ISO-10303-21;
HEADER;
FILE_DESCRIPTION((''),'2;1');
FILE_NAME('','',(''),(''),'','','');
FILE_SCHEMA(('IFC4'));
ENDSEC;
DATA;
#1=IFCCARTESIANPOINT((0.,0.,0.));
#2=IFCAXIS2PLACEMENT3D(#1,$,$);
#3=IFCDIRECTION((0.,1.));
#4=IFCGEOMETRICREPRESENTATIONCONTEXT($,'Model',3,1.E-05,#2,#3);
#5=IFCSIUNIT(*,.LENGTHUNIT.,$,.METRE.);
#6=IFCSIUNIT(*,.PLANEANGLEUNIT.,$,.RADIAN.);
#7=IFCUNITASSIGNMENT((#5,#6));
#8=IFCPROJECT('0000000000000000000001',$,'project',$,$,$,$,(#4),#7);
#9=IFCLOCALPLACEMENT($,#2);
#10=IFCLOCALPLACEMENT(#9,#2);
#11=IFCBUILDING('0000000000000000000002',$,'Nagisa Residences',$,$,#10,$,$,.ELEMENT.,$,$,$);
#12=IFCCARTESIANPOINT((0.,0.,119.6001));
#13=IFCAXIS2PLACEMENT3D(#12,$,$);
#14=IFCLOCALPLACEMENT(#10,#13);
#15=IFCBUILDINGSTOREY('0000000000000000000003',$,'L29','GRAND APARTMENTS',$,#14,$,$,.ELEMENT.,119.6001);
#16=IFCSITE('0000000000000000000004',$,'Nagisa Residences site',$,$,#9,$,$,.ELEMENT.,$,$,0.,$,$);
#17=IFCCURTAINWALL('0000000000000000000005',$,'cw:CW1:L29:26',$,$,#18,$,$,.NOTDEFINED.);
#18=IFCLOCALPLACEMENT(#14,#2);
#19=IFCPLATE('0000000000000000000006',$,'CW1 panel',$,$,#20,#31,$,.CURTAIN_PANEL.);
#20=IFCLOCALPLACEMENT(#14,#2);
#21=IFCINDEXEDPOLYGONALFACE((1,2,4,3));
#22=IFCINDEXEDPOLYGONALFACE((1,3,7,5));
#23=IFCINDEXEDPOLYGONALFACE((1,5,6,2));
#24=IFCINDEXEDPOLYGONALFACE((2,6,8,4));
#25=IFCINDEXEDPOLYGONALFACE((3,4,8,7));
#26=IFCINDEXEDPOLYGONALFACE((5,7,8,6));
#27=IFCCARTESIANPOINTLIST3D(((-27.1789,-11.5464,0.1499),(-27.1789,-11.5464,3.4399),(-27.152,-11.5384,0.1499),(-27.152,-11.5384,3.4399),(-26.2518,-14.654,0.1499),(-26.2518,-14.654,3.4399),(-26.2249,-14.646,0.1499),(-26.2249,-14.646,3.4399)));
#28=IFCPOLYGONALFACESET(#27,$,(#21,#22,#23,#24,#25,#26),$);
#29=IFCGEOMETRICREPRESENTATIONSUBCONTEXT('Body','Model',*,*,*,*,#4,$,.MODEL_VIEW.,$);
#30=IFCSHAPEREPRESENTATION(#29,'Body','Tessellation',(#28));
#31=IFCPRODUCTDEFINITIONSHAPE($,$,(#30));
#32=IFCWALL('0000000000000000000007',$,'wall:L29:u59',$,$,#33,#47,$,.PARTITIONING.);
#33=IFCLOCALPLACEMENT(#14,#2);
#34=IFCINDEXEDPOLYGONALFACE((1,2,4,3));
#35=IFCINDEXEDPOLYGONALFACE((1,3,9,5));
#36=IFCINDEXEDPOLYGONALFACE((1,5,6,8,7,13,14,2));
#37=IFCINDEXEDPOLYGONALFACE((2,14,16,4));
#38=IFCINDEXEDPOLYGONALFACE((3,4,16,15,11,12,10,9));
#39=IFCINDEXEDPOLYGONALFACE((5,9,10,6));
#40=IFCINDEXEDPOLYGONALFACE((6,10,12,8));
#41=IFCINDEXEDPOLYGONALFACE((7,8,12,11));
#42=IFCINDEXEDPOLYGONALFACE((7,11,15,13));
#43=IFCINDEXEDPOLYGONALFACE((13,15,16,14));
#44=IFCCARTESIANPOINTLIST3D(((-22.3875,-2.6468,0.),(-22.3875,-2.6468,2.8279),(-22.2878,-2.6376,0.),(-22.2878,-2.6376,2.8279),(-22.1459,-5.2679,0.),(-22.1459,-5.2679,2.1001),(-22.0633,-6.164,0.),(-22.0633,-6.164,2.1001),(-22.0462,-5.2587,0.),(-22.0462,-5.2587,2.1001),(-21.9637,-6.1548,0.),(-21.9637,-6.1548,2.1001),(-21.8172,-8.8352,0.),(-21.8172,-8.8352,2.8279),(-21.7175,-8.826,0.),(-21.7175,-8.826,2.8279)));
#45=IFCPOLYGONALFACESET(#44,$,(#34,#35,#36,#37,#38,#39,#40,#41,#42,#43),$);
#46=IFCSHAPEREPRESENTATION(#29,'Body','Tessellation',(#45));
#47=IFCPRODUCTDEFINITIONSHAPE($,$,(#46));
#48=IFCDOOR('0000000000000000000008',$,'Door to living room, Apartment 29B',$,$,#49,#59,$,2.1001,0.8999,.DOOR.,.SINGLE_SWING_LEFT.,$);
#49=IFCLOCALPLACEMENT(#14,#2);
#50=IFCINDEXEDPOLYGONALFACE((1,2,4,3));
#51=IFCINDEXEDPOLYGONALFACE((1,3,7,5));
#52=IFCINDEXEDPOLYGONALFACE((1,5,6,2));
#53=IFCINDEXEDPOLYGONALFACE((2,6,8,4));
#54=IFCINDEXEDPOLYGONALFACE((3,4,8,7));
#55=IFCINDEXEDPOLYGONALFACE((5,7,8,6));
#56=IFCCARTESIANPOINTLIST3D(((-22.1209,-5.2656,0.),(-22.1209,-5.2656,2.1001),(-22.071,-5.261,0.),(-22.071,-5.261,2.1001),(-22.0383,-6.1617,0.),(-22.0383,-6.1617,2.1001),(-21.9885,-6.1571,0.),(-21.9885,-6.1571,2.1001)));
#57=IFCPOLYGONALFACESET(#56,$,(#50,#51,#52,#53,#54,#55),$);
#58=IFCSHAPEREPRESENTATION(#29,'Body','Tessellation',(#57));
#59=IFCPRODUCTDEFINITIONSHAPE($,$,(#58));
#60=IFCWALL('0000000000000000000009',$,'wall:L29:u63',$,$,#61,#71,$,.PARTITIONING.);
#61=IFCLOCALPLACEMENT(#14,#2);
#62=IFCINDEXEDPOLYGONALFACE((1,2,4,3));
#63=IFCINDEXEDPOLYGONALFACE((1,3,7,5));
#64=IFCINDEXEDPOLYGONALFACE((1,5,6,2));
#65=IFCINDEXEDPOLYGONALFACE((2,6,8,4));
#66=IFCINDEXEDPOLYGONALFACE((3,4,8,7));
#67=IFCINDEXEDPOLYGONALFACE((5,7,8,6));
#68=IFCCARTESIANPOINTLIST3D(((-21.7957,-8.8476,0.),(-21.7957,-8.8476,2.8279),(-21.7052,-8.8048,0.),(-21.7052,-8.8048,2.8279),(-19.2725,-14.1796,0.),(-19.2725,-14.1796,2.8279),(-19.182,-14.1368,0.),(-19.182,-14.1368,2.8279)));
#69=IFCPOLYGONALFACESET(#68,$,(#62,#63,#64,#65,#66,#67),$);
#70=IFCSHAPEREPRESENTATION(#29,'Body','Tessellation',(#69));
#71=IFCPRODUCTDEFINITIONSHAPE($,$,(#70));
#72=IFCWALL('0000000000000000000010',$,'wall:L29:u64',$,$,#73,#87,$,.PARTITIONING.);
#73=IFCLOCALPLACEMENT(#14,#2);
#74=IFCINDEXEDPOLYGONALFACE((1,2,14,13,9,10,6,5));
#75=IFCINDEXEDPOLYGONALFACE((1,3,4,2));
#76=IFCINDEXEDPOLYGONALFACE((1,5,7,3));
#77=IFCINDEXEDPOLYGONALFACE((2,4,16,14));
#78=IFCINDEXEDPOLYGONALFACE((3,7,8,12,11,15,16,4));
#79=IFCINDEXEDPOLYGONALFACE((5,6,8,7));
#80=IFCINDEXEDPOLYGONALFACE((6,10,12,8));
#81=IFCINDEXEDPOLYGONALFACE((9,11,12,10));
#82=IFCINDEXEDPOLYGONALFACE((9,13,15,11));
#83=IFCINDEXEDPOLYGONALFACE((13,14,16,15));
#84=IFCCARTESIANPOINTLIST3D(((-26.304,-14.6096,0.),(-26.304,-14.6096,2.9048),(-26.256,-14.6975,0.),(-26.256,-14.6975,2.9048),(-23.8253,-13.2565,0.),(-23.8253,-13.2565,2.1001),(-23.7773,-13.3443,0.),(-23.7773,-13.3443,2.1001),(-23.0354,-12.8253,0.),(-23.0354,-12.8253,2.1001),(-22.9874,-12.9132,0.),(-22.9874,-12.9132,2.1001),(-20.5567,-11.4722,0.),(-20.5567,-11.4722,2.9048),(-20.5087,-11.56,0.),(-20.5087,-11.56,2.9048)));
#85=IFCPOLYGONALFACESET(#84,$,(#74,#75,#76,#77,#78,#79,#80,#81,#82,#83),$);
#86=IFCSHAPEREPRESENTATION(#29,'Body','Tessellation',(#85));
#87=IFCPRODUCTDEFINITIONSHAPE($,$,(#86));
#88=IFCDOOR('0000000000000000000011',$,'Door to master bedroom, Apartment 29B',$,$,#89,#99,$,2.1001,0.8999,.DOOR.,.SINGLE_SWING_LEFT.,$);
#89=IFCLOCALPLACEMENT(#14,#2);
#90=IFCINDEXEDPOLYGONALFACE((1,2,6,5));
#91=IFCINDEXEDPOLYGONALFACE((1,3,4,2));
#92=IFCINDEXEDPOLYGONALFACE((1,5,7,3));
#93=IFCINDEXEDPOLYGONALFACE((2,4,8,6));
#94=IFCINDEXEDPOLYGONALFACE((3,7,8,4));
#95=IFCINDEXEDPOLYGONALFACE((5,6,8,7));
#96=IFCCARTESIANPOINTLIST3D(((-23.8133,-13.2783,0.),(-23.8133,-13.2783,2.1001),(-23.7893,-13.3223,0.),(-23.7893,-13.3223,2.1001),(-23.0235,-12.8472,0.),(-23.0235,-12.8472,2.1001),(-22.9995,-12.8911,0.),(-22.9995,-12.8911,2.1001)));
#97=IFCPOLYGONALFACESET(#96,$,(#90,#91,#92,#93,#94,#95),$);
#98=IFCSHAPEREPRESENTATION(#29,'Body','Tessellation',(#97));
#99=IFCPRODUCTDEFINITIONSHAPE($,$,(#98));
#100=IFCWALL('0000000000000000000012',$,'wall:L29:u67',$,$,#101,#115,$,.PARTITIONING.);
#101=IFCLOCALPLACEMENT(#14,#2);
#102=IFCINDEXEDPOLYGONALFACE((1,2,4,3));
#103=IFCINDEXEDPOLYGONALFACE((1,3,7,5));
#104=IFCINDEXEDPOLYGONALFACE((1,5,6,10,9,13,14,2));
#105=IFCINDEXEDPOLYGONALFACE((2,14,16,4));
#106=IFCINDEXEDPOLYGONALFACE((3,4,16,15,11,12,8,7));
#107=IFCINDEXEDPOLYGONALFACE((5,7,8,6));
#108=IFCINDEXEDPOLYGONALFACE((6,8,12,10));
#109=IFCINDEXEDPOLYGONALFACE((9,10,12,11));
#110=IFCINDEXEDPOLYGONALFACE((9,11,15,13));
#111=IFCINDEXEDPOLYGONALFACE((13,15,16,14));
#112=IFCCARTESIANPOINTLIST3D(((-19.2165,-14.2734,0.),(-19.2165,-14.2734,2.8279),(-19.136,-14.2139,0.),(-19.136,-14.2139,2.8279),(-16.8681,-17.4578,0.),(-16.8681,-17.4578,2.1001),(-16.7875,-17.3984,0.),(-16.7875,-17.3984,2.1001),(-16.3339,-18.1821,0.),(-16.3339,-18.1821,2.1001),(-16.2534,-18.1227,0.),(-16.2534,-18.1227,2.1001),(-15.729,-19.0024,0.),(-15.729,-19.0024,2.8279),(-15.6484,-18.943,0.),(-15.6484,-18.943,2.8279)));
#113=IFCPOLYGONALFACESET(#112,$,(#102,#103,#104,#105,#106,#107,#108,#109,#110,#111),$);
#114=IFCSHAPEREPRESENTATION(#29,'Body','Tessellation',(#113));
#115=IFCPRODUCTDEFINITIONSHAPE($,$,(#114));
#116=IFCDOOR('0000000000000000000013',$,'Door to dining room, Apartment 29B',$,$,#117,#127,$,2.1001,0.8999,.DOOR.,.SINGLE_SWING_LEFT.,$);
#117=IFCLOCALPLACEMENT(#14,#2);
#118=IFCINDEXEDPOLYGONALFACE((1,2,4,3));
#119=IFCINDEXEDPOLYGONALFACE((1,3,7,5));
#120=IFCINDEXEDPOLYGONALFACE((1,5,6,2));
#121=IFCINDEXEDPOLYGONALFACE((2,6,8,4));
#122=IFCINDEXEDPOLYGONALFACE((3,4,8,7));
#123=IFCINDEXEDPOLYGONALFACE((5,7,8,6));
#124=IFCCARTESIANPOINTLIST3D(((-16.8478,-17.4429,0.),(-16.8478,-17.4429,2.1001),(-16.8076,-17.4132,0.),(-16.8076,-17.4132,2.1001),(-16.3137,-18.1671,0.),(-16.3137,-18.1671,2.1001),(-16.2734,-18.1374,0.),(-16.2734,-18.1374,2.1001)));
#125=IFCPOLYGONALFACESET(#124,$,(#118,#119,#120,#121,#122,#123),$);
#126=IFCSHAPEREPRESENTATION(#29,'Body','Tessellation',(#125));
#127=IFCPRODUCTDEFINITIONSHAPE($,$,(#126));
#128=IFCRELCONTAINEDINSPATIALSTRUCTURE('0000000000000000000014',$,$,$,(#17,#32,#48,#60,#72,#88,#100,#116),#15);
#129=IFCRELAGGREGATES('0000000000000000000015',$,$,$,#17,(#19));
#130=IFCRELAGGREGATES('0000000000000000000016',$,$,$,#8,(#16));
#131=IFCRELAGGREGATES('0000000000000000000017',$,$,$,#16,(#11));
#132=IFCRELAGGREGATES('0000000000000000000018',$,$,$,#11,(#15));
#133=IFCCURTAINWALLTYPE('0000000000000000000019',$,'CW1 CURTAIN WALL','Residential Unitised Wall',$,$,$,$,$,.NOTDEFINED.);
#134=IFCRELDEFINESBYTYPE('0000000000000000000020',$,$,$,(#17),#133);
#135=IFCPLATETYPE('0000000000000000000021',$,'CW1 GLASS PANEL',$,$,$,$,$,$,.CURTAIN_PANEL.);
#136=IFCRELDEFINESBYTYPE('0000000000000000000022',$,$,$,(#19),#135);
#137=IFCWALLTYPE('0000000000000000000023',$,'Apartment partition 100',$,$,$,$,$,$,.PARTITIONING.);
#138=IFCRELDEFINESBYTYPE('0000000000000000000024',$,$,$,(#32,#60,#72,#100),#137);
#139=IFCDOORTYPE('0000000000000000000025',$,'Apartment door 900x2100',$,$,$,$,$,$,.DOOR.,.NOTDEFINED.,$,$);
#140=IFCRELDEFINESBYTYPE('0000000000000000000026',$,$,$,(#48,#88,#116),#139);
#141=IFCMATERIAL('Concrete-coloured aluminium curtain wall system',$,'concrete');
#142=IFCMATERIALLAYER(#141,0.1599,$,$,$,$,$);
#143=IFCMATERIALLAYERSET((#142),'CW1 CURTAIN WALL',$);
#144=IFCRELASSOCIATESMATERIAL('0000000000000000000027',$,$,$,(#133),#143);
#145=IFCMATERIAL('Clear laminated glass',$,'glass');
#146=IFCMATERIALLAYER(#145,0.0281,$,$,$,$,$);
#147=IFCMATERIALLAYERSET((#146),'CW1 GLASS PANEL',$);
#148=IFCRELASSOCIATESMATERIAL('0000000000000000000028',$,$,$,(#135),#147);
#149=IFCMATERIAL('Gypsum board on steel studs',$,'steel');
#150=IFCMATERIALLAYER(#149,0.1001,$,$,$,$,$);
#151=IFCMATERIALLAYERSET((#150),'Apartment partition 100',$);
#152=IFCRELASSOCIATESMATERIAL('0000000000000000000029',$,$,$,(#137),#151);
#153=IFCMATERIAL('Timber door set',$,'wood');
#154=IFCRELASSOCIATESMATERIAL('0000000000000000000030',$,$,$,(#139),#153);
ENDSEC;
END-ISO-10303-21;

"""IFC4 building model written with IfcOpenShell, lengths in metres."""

from ifc_helpers import new_model, si_unit, direction, frame, frame_2d, origin, origin_2d, place, context, subcontext, project, spatial, rectangle, extrude, material, layer, layer_set, type_object, element, fill, aggregate, save


model = new_model("IFC4")

# Units and contexts
model_context = context("Model", 3, precision=1e-05, world=origin(), true_north=direction((0.0, 1.0)))
body_context = subcontext(model_context, "Body", "Model", "MODEL_VIEW")
ifc_project = project(units=[si_unit("LENGTHUNIT", "METRE"), si_unit("PLANEANGLEUNIT", "RADIAN")], contexts=[model_context])

# Site, building, storey
site_placement = place(None, origin())
site = spatial("IfcSite", under=ifc_project, at=site_placement, Name="Nagisa Residences site", CompositionType="ELEMENT", RefElevation=0.0)
building_placement = place(site_placement, origin())
building = spatial("IfcBuilding", under=site, at=building_placement, Name="Nagisa Residences", CompositionType="ELEMENT")
storey_placement = place(building_placement, frame((0.0, 0.0, 119.6001)))
storey = spatial("IfcBuildingStorey", under=building, at=storey_placement, Name="L29", Description="GRAND APARTMENTS", CompositionType="ELEMENT", Elevation=119.6001)

# Curtain wall
ifc_material_1 = material(Name="Concrete-coloured aluminium curtain wall system", Category="concrete")
ifc_layer_1 = layer(ifc_material_1, 0.1599)
ifc_layer_set_1 = layer_set([ifc_layer_1], Name="CW1 CURTAIN WALL")
curtain_wall_type = type_object("IfcCurtainWallType", Name="CW1 CURTAIN WALL", Description="Residential Unitised Wall", PredefinedType="NOTDEFINED", material=ifc_layer_set_1)
curtain_wall_1_placement = place(storey_placement, origin())
curtain_wall_1 = element("IfcCurtainWall", 1, at=curtain_wall_1_placement, inside=storey, type_object=curtain_wall_type, Name="cw:CW1:L29:26", PredefinedType="NOTDEFINED")

# Shared definitions
ifc_material_2 = material(Name="Clear laminated glass", Category="glass")
ifc_layer_2 = layer(ifc_material_2, 0.0281)
ifc_layer_set_2 = layer_set([ifc_layer_2], Name="CW1 GLASS PANEL")
plate_type = type_object("IfcPlateType", Name="CW1 GLASS PANEL", PredefinedType="CURTAIN_PANEL", material=ifc_layer_set_2)

# Plate
plate_1_placement = place(storey_placement, frame((-26.7019, -13.0962, 0.1499), z_axis=(0.0, 0.0, 1.0), x_axis=(0.28586, -0.958271, 0.0)))
plate_1 = element("IfcPlate", 2, at=plate_1_placement, type_object=plate_type, Name="CW1 panel", PredefinedType="CURTAIN_PANEL", context=body_context, shape_type="SweptSolid", body=[
    extrude(rectangle(XDim=3.2429, YDim=0.0281, at=origin_2d()), origin(), (0.0, 0.0, 1.0), 3.29),
])
aggregate(curtain_wall_1, [plate_1])

# Wall, opening, door
ifc_material_3 = material(Name="Gypsum board on steel studs", Category="steel")
ifc_layer_3 = layer(ifc_material_3, 0.1001)
ifc_layer_set_3 = layer_set([ifc_layer_3], Name="Apartment partition 100")
wall_type_1 = type_object("IfcWallType", Name="Apartment partition 100", PredefinedType="PARTITIONING", material=ifc_layer_set_3)
wall_1_placement = place(storey_placement, frame((-22.3376, -2.6421, 0.0), z_axis=(0.0, 0.0, 1.0), x_axis=(0.091768, -0.99578, 0.0)))
wall_1 = element("IfcWall", 3, at=wall_1_placement, inside=storey, type_object=wall_type_1, Name="wall:L29:u59", PredefinedType="PARTITIONING", context=body_context, shape_type="SweptSolid", body=[
    extrude(rectangle(XDim=6.2146, YDim=0.1001, at=frame_2d((3.1074, 0.0))), origin(), (0.0, 0.0, 1.0), 2.8279),
])
opening_1_placement = place(wall_1_placement, frame((2.6323, 0.0, 0.0)))
opening_1 = element("IfcOpeningElement", 4, at=opening_1_placement, cuts=wall_1, PredefinedType="OPENING", context=body_context, shape_type="SweptSolid", body=[
    extrude(rectangle(XDim=0.8999, YDim=2.1001, at=frame_2d((0.45, 1.05))), frame((0.0, 0.0601, 0.0), z_axis=(0.0, -1.0, 0.0), x_axis=(1.0, 0.0, 0.0)), (0.0, 0.0, 1.0), 0.1201),
])
ifc_material_4 = material(Name="Timber door set", Category="wood")
door_type_1 = type_object("IfcDoorType", Name="Apartment door 900x2100", OperationType="NOTDEFINED", PredefinedType="DOOR", material=ifc_material_4)
door_1_placement = place(opening_1_placement, frame((0.8999, 0.0, 0.0), x_axis=(-1.0, 0.0, 0.0)))
door_1 = element("IfcDoor", 5, at=door_1_placement, inside=storey, type_object=door_type_1, Name="Door to living room, Apartment 29B", OperationType="SINGLE_SWING_LEFT", OverallHeight=2.1001, OverallWidth=0.8999, PredefinedType="DOOR", context=body_context, shape_type="SweptSolid", body=[
    extrude(rectangle(XDim=0.8999, YDim=2.1001, at=frame_2d((0.45, 1.05))), frame((0.0, 0.0249, 0.0), z_axis=(0.0, -1.0, 0.0), x_axis=(1.0, 0.0, 0.0)), (0.0, 0.0, 1.0), 0.05),
])
fill(opening_1, door_1)

# Wall
wall_2_placement = place(storey_placement, frame((-21.7505, -8.8262, 0.0), z_axis=(0.0, 0.0, 1.0), x_axis=(0.427739, -0.903902, 0.0)))
element("IfcWall", 6, at=wall_2_placement, inside=storey, type_object=wall_type_1, Name="wall:L29:u63", PredefinedType="PARTITIONING", context=body_context, shape_type="SweptSolid", body=[
    extrude(rectangle(XDim=5.8989, YDim=0.1001, at=frame_2d((2.9495, 0.0))), origin(), (0.0, 0.0, 1.0), 2.8279),
])

# Walls, openings, doors
wall_3_placement = place(storey_placement, frame((-20.5327, -11.5161, 0.0), z_axis=(0.0, 0.0, 1.0), x_axis=(-0.877732, -0.479153, 0.0)))
wall_3 = element("IfcWall", 7, at=wall_3_placement, inside=storey, type_object=wall_type_1, Name="wall:L29:u64", PredefinedType="PARTITIONING", context=body_context, shape_type="SweptSolid", body=[
    extrude(rectangle(XDim=6.5479, YDim=0.1001, at=frame_2d((3.2739, 0.0))), origin(), (0.0, 0.0, 1.0), 2.9048),
])
opening_2_placement = place(wall_3_placement, frame((2.824, 0.0, 0.0)))
opening_2 = element("IfcOpeningElement", 8, at=opening_2_placement, cuts=wall_3, PredefinedType="OPENING", context=body_context, shape_type="SweptSolid", body=[
    extrude(rectangle(XDim=0.8999, YDim=2.1001, at=frame_2d((0.45, 1.05))), frame((0.0, 0.0601, 0.0), z_axis=(0.0, -1.0, 0.0), x_axis=(1.0, 0.0, 0.0)), (0.0, 0.0, 1.0), 0.1201),
])
door_2_placement = place(opening_2_placement, origin())
door_2 = element("IfcDoor", 9, at=door_2_placement, inside=storey, type_object=door_type_1, Name="Door to master bedroom, Apartment 29B", OperationType="SINGLE_SWING_LEFT", OverallHeight=2.1001, OverallWidth=0.8999, PredefinedType="DOOR", context=body_context, shape_type="SweptSolid", body=[
    extrude(rectangle(XDim=0.8999, YDim=2.1001, at=frame_2d((0.45, 1.05))), frame((0.0, 0.0249, 0.0), z_axis=(0.0, -1.0, 0.0), x_axis=(1.0, 0.0, 0.0)), (0.0, 0.0, 1.0), 0.05),
])
fill(opening_2, door_2)
wall_4_placement = place(storey_placement, frame((-19.1763, -14.2437, 0.0), z_axis=(0.0, 0.0, 1.0), x_axis=(0.593532, -0.80481, 0.0)))
wall_4 = element("IfcWall", 10, at=wall_4_placement, inside=storey, type_object=wall_type_1, Name="wall:L29:u67", PredefinedType="PARTITIONING", context=body_context, shape_type="SweptSolid", body=[
    extrude(rectangle(XDim=5.876, YDim=0.1001, at=frame_2d((2.938, 0.0))), origin(), (0.0, 0.0, 1.0), 2.8279),
])
opening_3_placement = place(wall_4_placement, frame((3.9568, 0.0, 0.0)))
opening_3 = element("IfcOpeningElement", 11, at=opening_3_placement, cuts=wall_4, PredefinedType="OPENING", context=body_context, shape_type="SweptSolid", body=[
    extrude(rectangle(XDim=0.8999, YDim=2.1001, at=frame_2d((0.45, 1.05))), frame((0.0, 0.0601, 0.0), z_axis=(0.0, -1.0, 0.0), x_axis=(1.0, 0.0, 0.0)), (0.0, 0.0, 1.0), 0.1201),
])
door_3_placement = place(opening_3_placement, frame((0.8999, 0.0, 0.0), x_axis=(-1.0, 0.0, 0.0)))
door_3 = element("IfcDoor", 12, at=door_3_placement, inside=storey, type_object=door_type_1, Name="Door to dining room, Apartment 29B", OperationType="SINGLE_SWING_LEFT", OverallHeight=2.1001, OverallWidth=0.8999, PredefinedType="DOOR", context=body_context, shape_type="SweptSolid", body=[
    extrude(rectangle(XDim=0.8999, YDim=2.1001, at=frame_2d((0.45, 1.05))), frame((0.0, 0.0249, 0.0), z_axis=(0.0, -1.0, 0.0), x_axis=(1.0, 0.0, 0.0)), (0.0, 0.0, 1.0), 0.05),
])
fill(opening_3, door_3)

save(model, "model.ifc")
